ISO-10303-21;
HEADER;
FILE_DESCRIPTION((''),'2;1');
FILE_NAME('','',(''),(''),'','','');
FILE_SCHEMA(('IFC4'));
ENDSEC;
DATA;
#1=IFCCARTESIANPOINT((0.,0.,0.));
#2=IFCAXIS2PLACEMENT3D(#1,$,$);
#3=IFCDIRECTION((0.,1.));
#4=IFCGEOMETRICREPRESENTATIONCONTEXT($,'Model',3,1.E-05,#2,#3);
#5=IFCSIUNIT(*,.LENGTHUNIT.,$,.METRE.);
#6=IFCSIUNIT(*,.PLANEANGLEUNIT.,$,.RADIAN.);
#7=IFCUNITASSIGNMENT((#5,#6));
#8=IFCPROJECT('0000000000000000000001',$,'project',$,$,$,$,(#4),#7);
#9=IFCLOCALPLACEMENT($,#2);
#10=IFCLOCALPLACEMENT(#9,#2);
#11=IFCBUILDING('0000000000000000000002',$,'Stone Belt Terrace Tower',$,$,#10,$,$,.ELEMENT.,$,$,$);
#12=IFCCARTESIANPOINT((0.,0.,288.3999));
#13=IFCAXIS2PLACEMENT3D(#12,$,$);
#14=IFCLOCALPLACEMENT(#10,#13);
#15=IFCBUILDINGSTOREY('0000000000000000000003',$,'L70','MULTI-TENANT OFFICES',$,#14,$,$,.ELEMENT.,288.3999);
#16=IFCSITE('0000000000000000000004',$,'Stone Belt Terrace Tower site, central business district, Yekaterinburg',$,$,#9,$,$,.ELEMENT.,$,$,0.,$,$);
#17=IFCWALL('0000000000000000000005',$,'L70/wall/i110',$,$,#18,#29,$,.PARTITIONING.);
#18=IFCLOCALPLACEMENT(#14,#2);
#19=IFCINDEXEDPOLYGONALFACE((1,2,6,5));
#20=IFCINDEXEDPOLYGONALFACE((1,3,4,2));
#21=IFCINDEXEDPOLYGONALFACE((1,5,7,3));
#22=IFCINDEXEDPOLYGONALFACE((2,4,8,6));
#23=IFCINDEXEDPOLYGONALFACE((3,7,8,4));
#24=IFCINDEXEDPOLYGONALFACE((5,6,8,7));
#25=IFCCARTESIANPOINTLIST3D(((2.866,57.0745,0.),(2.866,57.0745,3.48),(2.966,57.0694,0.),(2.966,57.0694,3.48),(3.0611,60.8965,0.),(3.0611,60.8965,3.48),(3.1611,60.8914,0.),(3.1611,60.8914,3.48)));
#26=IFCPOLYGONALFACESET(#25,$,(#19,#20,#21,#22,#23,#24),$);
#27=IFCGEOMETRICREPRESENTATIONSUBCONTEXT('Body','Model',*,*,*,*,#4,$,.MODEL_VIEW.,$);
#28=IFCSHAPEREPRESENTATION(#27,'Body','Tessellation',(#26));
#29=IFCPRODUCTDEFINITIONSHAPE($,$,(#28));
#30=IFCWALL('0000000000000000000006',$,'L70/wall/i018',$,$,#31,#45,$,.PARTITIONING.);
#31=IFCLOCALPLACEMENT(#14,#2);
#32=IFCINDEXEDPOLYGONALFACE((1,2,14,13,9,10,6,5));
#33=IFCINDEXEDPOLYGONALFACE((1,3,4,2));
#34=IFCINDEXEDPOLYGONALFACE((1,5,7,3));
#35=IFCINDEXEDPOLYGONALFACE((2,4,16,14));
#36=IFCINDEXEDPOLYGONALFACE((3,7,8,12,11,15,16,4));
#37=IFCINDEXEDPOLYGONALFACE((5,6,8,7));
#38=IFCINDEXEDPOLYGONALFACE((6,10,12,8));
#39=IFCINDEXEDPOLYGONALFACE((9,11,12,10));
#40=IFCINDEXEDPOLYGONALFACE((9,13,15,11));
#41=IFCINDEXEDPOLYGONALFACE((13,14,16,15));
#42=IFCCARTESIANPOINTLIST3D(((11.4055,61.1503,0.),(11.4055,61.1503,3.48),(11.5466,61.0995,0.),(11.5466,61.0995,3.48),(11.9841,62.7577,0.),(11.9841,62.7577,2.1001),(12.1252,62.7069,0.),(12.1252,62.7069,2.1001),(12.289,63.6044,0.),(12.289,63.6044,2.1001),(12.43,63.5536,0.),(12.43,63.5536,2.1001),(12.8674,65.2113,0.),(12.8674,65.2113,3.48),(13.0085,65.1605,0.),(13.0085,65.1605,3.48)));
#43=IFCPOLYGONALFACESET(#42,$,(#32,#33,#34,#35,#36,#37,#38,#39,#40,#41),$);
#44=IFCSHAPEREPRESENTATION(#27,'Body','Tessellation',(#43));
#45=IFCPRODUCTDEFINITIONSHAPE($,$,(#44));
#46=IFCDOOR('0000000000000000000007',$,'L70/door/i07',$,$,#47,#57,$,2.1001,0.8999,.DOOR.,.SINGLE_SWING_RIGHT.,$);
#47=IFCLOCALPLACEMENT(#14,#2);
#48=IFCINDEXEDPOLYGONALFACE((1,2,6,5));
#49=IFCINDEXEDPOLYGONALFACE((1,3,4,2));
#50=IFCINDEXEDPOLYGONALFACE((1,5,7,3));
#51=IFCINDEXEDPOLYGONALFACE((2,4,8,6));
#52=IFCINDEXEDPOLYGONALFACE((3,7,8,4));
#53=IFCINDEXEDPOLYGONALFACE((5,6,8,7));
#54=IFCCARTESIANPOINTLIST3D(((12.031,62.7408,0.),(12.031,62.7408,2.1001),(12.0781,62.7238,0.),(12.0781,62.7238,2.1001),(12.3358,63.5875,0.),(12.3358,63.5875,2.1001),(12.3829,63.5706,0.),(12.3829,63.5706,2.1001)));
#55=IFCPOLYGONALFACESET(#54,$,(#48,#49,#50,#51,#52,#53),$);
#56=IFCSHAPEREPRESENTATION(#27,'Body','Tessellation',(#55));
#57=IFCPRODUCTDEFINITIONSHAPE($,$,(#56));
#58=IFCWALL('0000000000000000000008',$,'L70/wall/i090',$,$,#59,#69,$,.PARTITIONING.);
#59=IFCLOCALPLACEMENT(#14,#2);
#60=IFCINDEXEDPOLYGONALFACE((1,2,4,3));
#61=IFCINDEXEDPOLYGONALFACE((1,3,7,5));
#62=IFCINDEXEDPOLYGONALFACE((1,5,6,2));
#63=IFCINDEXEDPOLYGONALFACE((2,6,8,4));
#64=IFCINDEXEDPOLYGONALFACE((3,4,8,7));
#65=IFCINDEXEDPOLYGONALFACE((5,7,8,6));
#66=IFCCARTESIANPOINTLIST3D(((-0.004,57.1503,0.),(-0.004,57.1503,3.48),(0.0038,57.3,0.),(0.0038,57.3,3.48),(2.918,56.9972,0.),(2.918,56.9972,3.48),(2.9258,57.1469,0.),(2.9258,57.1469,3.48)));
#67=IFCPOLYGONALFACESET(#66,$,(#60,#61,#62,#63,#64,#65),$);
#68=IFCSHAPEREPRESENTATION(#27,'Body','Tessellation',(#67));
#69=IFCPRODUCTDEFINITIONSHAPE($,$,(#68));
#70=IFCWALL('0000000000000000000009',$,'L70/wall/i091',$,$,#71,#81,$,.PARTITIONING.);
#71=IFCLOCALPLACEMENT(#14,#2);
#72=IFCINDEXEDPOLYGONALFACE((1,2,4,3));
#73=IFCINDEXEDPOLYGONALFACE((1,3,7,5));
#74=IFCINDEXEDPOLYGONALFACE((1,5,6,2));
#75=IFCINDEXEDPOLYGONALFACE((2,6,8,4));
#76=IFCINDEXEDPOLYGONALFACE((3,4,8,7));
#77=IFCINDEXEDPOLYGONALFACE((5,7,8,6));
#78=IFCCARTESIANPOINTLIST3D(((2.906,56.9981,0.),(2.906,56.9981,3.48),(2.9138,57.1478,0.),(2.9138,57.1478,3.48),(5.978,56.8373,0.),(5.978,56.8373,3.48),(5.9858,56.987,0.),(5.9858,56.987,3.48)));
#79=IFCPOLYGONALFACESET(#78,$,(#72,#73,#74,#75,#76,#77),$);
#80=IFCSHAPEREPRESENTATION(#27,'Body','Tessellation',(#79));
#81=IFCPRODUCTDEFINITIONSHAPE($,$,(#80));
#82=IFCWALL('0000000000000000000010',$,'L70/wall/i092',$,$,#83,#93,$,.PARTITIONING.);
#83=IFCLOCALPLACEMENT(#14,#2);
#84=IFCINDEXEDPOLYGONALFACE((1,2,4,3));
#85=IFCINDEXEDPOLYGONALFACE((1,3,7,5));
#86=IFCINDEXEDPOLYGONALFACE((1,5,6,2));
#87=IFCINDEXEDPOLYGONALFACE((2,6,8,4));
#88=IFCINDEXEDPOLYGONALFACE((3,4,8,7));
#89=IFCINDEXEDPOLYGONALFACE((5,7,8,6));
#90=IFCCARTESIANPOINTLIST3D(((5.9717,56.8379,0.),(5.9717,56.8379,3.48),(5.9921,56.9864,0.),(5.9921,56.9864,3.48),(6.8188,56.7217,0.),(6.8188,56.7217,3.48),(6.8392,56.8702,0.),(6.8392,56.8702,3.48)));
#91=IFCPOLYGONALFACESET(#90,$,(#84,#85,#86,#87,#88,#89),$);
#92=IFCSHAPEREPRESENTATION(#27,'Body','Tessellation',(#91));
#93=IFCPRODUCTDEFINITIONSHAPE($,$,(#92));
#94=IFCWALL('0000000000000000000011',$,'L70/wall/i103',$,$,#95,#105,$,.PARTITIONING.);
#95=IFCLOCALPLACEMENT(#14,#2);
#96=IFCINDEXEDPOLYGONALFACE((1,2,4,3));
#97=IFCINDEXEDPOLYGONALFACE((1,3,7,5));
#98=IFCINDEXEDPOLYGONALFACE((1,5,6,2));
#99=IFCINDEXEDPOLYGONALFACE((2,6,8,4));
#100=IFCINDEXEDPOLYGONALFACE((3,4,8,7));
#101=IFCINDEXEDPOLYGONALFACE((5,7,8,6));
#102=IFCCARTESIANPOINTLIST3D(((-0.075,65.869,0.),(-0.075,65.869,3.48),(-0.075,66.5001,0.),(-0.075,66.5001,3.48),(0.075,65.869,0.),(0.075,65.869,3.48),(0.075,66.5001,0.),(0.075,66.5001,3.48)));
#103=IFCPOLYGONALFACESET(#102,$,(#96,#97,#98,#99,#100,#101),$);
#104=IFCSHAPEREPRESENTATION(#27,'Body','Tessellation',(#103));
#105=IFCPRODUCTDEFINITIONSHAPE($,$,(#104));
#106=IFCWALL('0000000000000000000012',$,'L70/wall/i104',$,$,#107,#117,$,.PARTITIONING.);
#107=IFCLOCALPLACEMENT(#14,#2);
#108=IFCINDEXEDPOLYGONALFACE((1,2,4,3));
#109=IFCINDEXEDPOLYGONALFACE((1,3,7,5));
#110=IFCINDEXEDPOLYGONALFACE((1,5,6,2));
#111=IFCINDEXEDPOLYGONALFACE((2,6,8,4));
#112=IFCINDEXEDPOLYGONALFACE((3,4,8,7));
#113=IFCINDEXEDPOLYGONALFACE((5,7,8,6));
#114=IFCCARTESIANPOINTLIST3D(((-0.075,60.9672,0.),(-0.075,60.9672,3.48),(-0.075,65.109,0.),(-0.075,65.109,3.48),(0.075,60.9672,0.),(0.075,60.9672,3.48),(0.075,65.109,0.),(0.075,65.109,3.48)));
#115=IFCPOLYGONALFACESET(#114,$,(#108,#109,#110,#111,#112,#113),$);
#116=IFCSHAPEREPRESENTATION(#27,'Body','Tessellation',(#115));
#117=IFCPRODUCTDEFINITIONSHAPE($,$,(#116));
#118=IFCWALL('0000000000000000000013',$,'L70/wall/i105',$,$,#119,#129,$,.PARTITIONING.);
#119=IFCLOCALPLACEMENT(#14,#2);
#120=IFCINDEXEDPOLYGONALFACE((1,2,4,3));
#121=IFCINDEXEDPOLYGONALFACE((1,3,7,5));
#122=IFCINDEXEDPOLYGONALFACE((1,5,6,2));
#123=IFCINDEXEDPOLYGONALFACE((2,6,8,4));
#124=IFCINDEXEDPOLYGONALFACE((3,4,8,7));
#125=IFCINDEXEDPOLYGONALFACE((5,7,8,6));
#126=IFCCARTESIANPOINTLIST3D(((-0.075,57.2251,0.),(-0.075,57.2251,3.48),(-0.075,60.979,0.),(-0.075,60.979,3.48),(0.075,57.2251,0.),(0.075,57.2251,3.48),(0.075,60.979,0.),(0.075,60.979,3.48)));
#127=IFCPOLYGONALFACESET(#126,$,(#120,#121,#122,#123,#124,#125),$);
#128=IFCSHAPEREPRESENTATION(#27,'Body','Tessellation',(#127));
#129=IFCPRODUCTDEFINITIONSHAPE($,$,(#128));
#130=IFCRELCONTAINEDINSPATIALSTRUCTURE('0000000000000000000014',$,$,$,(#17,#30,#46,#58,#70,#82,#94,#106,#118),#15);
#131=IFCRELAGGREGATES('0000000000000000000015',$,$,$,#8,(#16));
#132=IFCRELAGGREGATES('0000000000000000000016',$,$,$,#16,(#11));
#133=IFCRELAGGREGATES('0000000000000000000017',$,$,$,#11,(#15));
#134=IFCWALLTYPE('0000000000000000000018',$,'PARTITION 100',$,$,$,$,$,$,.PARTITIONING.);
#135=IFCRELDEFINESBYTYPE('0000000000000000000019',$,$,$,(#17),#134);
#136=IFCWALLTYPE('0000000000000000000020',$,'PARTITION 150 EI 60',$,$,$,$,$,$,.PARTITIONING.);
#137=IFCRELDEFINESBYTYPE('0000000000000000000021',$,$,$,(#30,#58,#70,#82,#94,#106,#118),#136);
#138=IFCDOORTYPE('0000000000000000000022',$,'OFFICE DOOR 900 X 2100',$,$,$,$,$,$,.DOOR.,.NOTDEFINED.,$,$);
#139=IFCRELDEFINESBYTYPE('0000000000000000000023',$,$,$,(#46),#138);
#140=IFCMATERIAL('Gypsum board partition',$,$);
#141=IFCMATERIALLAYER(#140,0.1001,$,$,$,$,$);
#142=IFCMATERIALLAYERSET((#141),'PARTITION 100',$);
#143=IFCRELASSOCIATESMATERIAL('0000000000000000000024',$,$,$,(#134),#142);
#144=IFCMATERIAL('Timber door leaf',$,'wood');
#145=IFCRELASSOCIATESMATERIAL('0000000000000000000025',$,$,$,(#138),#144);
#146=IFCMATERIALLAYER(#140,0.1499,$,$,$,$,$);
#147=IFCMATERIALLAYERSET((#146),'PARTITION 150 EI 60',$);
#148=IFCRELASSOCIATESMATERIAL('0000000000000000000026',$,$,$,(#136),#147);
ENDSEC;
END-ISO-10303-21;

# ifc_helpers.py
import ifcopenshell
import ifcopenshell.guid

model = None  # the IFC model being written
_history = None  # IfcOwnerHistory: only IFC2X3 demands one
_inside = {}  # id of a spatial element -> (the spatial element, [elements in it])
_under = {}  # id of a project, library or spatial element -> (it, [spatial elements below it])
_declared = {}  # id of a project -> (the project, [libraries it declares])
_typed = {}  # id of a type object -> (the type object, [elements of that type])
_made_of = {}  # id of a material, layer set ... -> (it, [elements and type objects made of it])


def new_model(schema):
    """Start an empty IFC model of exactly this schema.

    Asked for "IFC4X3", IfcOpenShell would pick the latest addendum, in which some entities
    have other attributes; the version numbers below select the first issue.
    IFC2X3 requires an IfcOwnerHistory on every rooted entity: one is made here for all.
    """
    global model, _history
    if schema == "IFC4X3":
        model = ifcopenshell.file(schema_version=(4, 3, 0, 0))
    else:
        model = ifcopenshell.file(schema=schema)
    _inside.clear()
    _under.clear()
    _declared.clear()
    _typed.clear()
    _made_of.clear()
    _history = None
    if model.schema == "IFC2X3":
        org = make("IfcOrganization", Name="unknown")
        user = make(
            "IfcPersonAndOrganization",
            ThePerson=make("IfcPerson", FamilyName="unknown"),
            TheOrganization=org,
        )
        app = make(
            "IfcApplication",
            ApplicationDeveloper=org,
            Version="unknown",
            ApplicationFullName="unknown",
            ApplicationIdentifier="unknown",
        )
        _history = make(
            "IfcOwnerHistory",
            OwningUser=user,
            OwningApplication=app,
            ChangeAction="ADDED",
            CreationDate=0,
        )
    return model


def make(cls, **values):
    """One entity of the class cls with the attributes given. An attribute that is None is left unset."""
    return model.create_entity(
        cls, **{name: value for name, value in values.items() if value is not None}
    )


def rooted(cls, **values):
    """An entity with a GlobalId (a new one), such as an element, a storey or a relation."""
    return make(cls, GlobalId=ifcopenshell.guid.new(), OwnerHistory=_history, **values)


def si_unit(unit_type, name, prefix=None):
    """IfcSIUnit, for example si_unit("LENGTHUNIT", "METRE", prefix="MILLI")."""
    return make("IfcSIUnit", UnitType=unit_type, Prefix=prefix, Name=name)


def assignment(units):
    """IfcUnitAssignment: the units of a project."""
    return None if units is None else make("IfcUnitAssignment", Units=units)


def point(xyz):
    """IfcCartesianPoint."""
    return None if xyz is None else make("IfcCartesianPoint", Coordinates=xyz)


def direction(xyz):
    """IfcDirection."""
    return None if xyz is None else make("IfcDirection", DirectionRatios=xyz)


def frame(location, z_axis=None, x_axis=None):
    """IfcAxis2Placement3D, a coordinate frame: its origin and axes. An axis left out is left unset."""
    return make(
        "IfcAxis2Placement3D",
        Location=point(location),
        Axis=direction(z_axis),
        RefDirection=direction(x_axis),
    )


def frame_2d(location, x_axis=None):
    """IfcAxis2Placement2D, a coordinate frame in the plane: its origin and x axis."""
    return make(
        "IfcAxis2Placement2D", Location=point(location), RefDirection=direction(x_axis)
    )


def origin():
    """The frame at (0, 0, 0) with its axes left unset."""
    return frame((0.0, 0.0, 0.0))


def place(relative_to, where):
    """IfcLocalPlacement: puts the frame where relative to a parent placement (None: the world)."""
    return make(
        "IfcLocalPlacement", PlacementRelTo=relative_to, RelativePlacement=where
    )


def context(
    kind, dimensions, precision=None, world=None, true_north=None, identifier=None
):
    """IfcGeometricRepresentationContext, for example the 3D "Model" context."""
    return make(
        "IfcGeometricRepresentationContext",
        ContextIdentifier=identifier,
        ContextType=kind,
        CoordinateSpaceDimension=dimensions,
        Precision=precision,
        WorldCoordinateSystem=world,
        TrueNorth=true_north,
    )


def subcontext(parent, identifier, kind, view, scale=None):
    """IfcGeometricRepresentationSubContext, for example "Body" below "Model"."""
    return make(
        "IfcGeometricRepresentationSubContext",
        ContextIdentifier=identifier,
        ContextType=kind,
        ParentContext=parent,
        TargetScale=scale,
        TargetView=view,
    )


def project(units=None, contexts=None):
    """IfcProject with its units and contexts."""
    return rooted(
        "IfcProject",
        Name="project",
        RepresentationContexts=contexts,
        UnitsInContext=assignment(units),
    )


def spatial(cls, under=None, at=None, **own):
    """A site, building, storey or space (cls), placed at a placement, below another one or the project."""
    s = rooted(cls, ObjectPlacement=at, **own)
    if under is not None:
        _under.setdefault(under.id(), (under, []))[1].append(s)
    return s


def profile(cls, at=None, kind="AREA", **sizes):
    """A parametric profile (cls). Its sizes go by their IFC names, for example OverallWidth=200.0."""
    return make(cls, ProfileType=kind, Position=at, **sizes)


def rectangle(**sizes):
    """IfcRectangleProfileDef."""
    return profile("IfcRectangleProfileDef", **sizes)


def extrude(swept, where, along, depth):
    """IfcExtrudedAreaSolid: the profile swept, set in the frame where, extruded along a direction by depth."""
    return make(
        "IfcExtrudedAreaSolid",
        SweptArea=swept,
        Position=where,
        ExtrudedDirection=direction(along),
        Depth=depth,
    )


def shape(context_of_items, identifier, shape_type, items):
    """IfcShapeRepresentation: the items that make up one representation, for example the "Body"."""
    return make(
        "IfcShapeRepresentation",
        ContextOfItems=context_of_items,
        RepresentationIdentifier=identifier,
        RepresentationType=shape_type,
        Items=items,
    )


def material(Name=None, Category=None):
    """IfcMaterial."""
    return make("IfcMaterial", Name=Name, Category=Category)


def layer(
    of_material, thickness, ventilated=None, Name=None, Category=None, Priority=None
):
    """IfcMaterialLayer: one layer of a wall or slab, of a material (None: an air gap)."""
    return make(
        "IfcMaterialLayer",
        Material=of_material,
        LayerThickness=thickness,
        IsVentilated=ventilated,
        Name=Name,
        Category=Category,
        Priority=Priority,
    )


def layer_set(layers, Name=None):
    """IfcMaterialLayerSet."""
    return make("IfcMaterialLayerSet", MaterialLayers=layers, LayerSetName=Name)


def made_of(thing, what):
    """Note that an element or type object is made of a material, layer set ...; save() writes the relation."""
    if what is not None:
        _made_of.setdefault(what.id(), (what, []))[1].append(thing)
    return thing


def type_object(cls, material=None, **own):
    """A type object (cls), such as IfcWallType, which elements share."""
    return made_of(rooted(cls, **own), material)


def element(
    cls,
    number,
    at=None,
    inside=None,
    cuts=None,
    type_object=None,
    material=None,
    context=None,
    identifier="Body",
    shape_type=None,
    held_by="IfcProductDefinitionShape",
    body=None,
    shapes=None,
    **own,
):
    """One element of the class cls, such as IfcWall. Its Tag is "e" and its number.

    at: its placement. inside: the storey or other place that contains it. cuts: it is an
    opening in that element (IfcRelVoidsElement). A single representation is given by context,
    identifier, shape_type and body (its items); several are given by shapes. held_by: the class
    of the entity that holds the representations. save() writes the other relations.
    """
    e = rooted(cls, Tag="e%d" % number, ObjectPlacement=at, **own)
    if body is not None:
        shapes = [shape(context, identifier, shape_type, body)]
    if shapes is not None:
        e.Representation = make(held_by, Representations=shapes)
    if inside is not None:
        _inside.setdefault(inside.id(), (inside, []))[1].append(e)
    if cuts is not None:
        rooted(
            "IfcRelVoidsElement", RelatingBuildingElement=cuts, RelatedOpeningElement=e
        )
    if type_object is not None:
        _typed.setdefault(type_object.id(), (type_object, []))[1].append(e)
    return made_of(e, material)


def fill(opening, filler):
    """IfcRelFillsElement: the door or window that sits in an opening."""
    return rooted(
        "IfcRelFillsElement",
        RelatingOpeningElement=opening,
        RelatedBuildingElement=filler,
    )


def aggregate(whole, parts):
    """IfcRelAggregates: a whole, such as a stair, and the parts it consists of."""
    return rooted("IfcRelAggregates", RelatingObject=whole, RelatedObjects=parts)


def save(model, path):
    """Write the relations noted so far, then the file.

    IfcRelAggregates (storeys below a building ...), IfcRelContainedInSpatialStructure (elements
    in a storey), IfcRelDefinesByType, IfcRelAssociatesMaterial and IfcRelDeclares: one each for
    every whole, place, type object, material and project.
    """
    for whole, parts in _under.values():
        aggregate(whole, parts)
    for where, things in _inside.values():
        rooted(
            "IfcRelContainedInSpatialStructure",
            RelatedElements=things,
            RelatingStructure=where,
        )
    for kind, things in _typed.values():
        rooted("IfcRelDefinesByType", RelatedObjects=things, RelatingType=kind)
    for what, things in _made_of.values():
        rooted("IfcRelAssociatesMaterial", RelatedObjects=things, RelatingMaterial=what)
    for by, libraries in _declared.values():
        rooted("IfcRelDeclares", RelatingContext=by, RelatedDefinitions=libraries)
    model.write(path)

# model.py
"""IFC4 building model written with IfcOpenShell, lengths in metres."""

from ifc_helpers import new_model, si_unit, direction, frame, frame_2d, origin, place, context, subcontext, project, spatial, rectangle, extrude, material, layer, layer_set, type_object, element, fill, save


model = new_model("IFC4")

# Units and contexts
model_context = context("Model", 3, precision=1e-05, world=origin(), true_north=direction((0.0, 1.0)))
body_context = subcontext(model_context, "Body", "Model", "MODEL_VIEW")
ifc_project = project(units=[si_unit("LENGTHUNIT", "METRE"), si_unit("PLANEANGLEUNIT", "RADIAN")], contexts=[model_context])

# Site, building, storey
site_placement = place(None, origin())
site = spatial("IfcSite", under=ifc_project, at=site_placement, Name="Stone Belt Terrace Tower site, central business district, Yekaterinburg", CompositionType="ELEMENT", RefElevation=0.0)
building_placement = place(site_placement, origin())
building = spatial("IfcBuilding", under=site, at=building_placement, Name="Stone Belt Terrace Tower", CompositionType="ELEMENT")
storey_placement = place(building_placement, frame((0.0, 0.0, 288.3999)))
storey = spatial("IfcBuildingStorey", under=building, at=storey_placement, Name="L70", Description="MULTI-TENANT OFFICES", CompositionType="ELEMENT", Elevation=288.3999)

# Shared definitions
ifc_material_1 = material(Name="Gypsum board partition")
ifc_layer_1 = layer(ifc_material_1, 0.1001)
ifc_layer_set_1 = layer_set([ifc_layer_1], Name="PARTITION 100")
wall_type_1 = type_object("IfcWallType", Name="PARTITION 100", PredefinedType="PARTITIONING", material=ifc_layer_set_1)
ifc_material_2 = material(Name="Timber door leaf", Category="wood")
door_type = type_object("IfcDoorType", Name="OFFICE DOOR 900 X 2100", OperationType="NOTDEFINED", PredefinedType="DOOR", material=ifc_material_2)

# Wall
wall_1_placement = place(storey_placement, frame((3.1111, 60.894, 0.0), z_axis=(0.0, 0.0, 1.0), x_axis=(-0.050972, -0.9987, 0.0)))
element("IfcWall", 1, at=wall_1_placement, inside=storey, type_object=wall_type_1, Name="L70/wall/i110", PredefinedType="PARTITIONING", context=body_context, shape_type="SweptSolid", body=[
    extrude(rectangle(XDim=3.8269, YDim=0.1001, at=frame_2d((1.9136, 0.0))), origin(), (0.0, 0.0, 1.0), 3.48),
])

# Wall, opening, door
ifc_layer_2 = layer(ifc_material_1, 0.1499)
ifc_layer_set_2 = layer_set([ifc_layer_2], Name="PARTITION 150 EI 60")
wall_type_2 = type_object("IfcWallType", Name="PARTITION 150 EI 60", PredefinedType="PARTITIONING", material=ifc_layer_set_2)
wall_2_placement = place(storey_placement, frame((12.938, 65.186, 0.0), z_axis=(0.0, 0.0, 1.0), x_axis=(-0.338707, -0.940892, 0.0)))
wall_2 = element("IfcWall", 2, at=wall_2_placement, inside=storey, type_object=wall_type_2, Name="L70/wall/i018", PredefinedType="PARTITIONING", context=body_context, shape_type="SweptSolid", body=[
    extrude(rectangle(XDim=4.3162, YDim=0.1499, at=frame_2d((2.1582, 0.0))), origin(), (0.0, 0.0, 1.0), 3.48),
])
opening_1_placement = place(wall_2_placement, frame((1.708, 0.0, 0.0)))
opening_1 = element("IfcOpeningElement", 3, at=opening_1_placement, cuts=wall_2, PredefinedType="OPENING", context=body_context, shape_type="SweptSolid", body=[
    extrude(rectangle(XDim=0.8999, YDim=2.1001, at=frame_2d((0.45, 1.05))), frame((0.0, 0.085, 0.0), z_axis=(0.0, -1.0, 0.0), x_axis=(1.0, 0.0, 0.0)), (0.0, 0.0, 1.0), 0.1699),
])
door_1_placement = place(opening_1_placement, origin())
door_1 = element("IfcDoor", 4, at=door_1_placement, inside=storey, type_object=door_type, Name="L70/door/i07", OperationType="SINGLE_SWING_RIGHT", OverallHeight=2.1001, OverallWidth=0.8999, PredefinedType="DOOR", context=body_context, shape_type="SweptSolid", body=[
    extrude(rectangle(XDim=0.8999, YDim=2.1001, at=frame_2d((0.45, 1.05))), frame((0.0, 0.0249, 0.0), z_axis=(0.0, -1.0, 0.0), x_axis=(1.0, 0.0, 0.0)), (0.0, 0.0, 1.0), 0.05),
])
fill(opening_1, door_1)

# Walls
wall_3_placement = place(storey_placement, frame((0.0, 57.2251, 0.0), z_axis=(0.0, 0.0, 1.0), x_axis=(0.998631, -0.052314, 0.0)))
element("IfcWall", 5, at=wall_3_placement, inside=storey, type_object=wall_type_2, Name="L70/wall/i090", PredefinedType="PARTITIONING", context=body_context, shape_type="SweptSolid", body=[
    extrude(rectangle(XDim=2.926, YDim=0.1499, at=frame_2d((1.4629, 0.0))), origin(), (0.0, 0.0, 1.0), 3.48),
])
wall_4_placement = place(storey_placement, frame((2.9099, 57.073, 0.0), z_axis=(0.0, 0.0, 1.0), x_axis=(0.998631, -0.052301, 0.0)))
element("IfcWall", 6, at=wall_4_placement, inside=storey, type_object=wall_type_2, Name="L70/wall/i091", PredefinedType="PARTITIONING", context=body_context, shape_type="SweptSolid", body=[
    extrude(rectangle(XDim=3.0762, YDim=0.1499, at=frame_2d((1.5381, 0.0))), origin(), (0.0, 0.0, 1.0), 3.48),
])
wall_5_placement = place(storey_placement, frame((5.9819, 56.9121, 0.0), z_axis=(0.0, 0.0, 1.0), x_axis=(0.990722, -0.135903, 0.0)))
element("IfcWall", 7, at=wall_5_placement, inside=storey, type_object=wall_type_2, Name="L70/wall/i092", PredefinedType="PARTITIONING", context=body_context, shape_type="SweptSolid", body=[
    extrude(rectangle(XDim=0.855, YDim=0.1499, at=frame_2d((0.4275, 0.0))), origin(), (0.0, 0.0, 1.0), 3.48),
])
wall_6_placement = place(storey_placement, frame((0.0, 66.5, 0.0), z_axis=(0.0, 0.0, 1.0), x_axis=(0.0, -1.0, 0.0)))
element("IfcWall", 8, at=wall_6_placement, inside=storey, type_object=wall_type_2, Name="L70/wall/i103", PredefinedType="PARTITIONING", context=body_context, shape_type="SweptSolid", body=[
    extrude(rectangle(XDim=0.6311, YDim=0.1499, at=frame_2d((0.3154, 0.0))), origin(), (0.0, 0.0, 1.0), 3.48),
])
wall_7_placement = place(storey_placement, frame((0.0, 65.1089, 0.0), z_axis=(0.0, 0.0, 1.0), x_axis=(0.0, -1.0, 0.0)))
element("IfcWall", 9, at=wall_7_placement, inside=storey, type_object=wall_type_2, Name="L70/wall/i104", PredefinedType="PARTITIONING", context=body_context, shape_type="SweptSolid", body=[
    extrude(rectangle(XDim=4.1418, YDim=0.1499, at=frame_2d((2.0708, 0.0))), origin(), (0.0, 0.0, 1.0), 3.48),
])
wall_8_placement = place(storey_placement, frame((0.0, 60.979, 0.0), z_axis=(0.0, 0.0, 1.0), x_axis=(0.0, -1.0, 0.0)))
element("IfcWall", 10, at=wall_8_placement, inside=storey, type_object=wall_type_2, Name="L70/wall/i105", PredefinedType="PARTITIONING", context=body_context, shape_type="SweptSolid", body=[
    extrude(rectangle(XDim=3.7539, YDim=0.1499, at=frame_2d((1.877, 0.0))), origin(), (0.0, 0.0, 1.0), 3.48),
])

save(model, "model.ifc")
